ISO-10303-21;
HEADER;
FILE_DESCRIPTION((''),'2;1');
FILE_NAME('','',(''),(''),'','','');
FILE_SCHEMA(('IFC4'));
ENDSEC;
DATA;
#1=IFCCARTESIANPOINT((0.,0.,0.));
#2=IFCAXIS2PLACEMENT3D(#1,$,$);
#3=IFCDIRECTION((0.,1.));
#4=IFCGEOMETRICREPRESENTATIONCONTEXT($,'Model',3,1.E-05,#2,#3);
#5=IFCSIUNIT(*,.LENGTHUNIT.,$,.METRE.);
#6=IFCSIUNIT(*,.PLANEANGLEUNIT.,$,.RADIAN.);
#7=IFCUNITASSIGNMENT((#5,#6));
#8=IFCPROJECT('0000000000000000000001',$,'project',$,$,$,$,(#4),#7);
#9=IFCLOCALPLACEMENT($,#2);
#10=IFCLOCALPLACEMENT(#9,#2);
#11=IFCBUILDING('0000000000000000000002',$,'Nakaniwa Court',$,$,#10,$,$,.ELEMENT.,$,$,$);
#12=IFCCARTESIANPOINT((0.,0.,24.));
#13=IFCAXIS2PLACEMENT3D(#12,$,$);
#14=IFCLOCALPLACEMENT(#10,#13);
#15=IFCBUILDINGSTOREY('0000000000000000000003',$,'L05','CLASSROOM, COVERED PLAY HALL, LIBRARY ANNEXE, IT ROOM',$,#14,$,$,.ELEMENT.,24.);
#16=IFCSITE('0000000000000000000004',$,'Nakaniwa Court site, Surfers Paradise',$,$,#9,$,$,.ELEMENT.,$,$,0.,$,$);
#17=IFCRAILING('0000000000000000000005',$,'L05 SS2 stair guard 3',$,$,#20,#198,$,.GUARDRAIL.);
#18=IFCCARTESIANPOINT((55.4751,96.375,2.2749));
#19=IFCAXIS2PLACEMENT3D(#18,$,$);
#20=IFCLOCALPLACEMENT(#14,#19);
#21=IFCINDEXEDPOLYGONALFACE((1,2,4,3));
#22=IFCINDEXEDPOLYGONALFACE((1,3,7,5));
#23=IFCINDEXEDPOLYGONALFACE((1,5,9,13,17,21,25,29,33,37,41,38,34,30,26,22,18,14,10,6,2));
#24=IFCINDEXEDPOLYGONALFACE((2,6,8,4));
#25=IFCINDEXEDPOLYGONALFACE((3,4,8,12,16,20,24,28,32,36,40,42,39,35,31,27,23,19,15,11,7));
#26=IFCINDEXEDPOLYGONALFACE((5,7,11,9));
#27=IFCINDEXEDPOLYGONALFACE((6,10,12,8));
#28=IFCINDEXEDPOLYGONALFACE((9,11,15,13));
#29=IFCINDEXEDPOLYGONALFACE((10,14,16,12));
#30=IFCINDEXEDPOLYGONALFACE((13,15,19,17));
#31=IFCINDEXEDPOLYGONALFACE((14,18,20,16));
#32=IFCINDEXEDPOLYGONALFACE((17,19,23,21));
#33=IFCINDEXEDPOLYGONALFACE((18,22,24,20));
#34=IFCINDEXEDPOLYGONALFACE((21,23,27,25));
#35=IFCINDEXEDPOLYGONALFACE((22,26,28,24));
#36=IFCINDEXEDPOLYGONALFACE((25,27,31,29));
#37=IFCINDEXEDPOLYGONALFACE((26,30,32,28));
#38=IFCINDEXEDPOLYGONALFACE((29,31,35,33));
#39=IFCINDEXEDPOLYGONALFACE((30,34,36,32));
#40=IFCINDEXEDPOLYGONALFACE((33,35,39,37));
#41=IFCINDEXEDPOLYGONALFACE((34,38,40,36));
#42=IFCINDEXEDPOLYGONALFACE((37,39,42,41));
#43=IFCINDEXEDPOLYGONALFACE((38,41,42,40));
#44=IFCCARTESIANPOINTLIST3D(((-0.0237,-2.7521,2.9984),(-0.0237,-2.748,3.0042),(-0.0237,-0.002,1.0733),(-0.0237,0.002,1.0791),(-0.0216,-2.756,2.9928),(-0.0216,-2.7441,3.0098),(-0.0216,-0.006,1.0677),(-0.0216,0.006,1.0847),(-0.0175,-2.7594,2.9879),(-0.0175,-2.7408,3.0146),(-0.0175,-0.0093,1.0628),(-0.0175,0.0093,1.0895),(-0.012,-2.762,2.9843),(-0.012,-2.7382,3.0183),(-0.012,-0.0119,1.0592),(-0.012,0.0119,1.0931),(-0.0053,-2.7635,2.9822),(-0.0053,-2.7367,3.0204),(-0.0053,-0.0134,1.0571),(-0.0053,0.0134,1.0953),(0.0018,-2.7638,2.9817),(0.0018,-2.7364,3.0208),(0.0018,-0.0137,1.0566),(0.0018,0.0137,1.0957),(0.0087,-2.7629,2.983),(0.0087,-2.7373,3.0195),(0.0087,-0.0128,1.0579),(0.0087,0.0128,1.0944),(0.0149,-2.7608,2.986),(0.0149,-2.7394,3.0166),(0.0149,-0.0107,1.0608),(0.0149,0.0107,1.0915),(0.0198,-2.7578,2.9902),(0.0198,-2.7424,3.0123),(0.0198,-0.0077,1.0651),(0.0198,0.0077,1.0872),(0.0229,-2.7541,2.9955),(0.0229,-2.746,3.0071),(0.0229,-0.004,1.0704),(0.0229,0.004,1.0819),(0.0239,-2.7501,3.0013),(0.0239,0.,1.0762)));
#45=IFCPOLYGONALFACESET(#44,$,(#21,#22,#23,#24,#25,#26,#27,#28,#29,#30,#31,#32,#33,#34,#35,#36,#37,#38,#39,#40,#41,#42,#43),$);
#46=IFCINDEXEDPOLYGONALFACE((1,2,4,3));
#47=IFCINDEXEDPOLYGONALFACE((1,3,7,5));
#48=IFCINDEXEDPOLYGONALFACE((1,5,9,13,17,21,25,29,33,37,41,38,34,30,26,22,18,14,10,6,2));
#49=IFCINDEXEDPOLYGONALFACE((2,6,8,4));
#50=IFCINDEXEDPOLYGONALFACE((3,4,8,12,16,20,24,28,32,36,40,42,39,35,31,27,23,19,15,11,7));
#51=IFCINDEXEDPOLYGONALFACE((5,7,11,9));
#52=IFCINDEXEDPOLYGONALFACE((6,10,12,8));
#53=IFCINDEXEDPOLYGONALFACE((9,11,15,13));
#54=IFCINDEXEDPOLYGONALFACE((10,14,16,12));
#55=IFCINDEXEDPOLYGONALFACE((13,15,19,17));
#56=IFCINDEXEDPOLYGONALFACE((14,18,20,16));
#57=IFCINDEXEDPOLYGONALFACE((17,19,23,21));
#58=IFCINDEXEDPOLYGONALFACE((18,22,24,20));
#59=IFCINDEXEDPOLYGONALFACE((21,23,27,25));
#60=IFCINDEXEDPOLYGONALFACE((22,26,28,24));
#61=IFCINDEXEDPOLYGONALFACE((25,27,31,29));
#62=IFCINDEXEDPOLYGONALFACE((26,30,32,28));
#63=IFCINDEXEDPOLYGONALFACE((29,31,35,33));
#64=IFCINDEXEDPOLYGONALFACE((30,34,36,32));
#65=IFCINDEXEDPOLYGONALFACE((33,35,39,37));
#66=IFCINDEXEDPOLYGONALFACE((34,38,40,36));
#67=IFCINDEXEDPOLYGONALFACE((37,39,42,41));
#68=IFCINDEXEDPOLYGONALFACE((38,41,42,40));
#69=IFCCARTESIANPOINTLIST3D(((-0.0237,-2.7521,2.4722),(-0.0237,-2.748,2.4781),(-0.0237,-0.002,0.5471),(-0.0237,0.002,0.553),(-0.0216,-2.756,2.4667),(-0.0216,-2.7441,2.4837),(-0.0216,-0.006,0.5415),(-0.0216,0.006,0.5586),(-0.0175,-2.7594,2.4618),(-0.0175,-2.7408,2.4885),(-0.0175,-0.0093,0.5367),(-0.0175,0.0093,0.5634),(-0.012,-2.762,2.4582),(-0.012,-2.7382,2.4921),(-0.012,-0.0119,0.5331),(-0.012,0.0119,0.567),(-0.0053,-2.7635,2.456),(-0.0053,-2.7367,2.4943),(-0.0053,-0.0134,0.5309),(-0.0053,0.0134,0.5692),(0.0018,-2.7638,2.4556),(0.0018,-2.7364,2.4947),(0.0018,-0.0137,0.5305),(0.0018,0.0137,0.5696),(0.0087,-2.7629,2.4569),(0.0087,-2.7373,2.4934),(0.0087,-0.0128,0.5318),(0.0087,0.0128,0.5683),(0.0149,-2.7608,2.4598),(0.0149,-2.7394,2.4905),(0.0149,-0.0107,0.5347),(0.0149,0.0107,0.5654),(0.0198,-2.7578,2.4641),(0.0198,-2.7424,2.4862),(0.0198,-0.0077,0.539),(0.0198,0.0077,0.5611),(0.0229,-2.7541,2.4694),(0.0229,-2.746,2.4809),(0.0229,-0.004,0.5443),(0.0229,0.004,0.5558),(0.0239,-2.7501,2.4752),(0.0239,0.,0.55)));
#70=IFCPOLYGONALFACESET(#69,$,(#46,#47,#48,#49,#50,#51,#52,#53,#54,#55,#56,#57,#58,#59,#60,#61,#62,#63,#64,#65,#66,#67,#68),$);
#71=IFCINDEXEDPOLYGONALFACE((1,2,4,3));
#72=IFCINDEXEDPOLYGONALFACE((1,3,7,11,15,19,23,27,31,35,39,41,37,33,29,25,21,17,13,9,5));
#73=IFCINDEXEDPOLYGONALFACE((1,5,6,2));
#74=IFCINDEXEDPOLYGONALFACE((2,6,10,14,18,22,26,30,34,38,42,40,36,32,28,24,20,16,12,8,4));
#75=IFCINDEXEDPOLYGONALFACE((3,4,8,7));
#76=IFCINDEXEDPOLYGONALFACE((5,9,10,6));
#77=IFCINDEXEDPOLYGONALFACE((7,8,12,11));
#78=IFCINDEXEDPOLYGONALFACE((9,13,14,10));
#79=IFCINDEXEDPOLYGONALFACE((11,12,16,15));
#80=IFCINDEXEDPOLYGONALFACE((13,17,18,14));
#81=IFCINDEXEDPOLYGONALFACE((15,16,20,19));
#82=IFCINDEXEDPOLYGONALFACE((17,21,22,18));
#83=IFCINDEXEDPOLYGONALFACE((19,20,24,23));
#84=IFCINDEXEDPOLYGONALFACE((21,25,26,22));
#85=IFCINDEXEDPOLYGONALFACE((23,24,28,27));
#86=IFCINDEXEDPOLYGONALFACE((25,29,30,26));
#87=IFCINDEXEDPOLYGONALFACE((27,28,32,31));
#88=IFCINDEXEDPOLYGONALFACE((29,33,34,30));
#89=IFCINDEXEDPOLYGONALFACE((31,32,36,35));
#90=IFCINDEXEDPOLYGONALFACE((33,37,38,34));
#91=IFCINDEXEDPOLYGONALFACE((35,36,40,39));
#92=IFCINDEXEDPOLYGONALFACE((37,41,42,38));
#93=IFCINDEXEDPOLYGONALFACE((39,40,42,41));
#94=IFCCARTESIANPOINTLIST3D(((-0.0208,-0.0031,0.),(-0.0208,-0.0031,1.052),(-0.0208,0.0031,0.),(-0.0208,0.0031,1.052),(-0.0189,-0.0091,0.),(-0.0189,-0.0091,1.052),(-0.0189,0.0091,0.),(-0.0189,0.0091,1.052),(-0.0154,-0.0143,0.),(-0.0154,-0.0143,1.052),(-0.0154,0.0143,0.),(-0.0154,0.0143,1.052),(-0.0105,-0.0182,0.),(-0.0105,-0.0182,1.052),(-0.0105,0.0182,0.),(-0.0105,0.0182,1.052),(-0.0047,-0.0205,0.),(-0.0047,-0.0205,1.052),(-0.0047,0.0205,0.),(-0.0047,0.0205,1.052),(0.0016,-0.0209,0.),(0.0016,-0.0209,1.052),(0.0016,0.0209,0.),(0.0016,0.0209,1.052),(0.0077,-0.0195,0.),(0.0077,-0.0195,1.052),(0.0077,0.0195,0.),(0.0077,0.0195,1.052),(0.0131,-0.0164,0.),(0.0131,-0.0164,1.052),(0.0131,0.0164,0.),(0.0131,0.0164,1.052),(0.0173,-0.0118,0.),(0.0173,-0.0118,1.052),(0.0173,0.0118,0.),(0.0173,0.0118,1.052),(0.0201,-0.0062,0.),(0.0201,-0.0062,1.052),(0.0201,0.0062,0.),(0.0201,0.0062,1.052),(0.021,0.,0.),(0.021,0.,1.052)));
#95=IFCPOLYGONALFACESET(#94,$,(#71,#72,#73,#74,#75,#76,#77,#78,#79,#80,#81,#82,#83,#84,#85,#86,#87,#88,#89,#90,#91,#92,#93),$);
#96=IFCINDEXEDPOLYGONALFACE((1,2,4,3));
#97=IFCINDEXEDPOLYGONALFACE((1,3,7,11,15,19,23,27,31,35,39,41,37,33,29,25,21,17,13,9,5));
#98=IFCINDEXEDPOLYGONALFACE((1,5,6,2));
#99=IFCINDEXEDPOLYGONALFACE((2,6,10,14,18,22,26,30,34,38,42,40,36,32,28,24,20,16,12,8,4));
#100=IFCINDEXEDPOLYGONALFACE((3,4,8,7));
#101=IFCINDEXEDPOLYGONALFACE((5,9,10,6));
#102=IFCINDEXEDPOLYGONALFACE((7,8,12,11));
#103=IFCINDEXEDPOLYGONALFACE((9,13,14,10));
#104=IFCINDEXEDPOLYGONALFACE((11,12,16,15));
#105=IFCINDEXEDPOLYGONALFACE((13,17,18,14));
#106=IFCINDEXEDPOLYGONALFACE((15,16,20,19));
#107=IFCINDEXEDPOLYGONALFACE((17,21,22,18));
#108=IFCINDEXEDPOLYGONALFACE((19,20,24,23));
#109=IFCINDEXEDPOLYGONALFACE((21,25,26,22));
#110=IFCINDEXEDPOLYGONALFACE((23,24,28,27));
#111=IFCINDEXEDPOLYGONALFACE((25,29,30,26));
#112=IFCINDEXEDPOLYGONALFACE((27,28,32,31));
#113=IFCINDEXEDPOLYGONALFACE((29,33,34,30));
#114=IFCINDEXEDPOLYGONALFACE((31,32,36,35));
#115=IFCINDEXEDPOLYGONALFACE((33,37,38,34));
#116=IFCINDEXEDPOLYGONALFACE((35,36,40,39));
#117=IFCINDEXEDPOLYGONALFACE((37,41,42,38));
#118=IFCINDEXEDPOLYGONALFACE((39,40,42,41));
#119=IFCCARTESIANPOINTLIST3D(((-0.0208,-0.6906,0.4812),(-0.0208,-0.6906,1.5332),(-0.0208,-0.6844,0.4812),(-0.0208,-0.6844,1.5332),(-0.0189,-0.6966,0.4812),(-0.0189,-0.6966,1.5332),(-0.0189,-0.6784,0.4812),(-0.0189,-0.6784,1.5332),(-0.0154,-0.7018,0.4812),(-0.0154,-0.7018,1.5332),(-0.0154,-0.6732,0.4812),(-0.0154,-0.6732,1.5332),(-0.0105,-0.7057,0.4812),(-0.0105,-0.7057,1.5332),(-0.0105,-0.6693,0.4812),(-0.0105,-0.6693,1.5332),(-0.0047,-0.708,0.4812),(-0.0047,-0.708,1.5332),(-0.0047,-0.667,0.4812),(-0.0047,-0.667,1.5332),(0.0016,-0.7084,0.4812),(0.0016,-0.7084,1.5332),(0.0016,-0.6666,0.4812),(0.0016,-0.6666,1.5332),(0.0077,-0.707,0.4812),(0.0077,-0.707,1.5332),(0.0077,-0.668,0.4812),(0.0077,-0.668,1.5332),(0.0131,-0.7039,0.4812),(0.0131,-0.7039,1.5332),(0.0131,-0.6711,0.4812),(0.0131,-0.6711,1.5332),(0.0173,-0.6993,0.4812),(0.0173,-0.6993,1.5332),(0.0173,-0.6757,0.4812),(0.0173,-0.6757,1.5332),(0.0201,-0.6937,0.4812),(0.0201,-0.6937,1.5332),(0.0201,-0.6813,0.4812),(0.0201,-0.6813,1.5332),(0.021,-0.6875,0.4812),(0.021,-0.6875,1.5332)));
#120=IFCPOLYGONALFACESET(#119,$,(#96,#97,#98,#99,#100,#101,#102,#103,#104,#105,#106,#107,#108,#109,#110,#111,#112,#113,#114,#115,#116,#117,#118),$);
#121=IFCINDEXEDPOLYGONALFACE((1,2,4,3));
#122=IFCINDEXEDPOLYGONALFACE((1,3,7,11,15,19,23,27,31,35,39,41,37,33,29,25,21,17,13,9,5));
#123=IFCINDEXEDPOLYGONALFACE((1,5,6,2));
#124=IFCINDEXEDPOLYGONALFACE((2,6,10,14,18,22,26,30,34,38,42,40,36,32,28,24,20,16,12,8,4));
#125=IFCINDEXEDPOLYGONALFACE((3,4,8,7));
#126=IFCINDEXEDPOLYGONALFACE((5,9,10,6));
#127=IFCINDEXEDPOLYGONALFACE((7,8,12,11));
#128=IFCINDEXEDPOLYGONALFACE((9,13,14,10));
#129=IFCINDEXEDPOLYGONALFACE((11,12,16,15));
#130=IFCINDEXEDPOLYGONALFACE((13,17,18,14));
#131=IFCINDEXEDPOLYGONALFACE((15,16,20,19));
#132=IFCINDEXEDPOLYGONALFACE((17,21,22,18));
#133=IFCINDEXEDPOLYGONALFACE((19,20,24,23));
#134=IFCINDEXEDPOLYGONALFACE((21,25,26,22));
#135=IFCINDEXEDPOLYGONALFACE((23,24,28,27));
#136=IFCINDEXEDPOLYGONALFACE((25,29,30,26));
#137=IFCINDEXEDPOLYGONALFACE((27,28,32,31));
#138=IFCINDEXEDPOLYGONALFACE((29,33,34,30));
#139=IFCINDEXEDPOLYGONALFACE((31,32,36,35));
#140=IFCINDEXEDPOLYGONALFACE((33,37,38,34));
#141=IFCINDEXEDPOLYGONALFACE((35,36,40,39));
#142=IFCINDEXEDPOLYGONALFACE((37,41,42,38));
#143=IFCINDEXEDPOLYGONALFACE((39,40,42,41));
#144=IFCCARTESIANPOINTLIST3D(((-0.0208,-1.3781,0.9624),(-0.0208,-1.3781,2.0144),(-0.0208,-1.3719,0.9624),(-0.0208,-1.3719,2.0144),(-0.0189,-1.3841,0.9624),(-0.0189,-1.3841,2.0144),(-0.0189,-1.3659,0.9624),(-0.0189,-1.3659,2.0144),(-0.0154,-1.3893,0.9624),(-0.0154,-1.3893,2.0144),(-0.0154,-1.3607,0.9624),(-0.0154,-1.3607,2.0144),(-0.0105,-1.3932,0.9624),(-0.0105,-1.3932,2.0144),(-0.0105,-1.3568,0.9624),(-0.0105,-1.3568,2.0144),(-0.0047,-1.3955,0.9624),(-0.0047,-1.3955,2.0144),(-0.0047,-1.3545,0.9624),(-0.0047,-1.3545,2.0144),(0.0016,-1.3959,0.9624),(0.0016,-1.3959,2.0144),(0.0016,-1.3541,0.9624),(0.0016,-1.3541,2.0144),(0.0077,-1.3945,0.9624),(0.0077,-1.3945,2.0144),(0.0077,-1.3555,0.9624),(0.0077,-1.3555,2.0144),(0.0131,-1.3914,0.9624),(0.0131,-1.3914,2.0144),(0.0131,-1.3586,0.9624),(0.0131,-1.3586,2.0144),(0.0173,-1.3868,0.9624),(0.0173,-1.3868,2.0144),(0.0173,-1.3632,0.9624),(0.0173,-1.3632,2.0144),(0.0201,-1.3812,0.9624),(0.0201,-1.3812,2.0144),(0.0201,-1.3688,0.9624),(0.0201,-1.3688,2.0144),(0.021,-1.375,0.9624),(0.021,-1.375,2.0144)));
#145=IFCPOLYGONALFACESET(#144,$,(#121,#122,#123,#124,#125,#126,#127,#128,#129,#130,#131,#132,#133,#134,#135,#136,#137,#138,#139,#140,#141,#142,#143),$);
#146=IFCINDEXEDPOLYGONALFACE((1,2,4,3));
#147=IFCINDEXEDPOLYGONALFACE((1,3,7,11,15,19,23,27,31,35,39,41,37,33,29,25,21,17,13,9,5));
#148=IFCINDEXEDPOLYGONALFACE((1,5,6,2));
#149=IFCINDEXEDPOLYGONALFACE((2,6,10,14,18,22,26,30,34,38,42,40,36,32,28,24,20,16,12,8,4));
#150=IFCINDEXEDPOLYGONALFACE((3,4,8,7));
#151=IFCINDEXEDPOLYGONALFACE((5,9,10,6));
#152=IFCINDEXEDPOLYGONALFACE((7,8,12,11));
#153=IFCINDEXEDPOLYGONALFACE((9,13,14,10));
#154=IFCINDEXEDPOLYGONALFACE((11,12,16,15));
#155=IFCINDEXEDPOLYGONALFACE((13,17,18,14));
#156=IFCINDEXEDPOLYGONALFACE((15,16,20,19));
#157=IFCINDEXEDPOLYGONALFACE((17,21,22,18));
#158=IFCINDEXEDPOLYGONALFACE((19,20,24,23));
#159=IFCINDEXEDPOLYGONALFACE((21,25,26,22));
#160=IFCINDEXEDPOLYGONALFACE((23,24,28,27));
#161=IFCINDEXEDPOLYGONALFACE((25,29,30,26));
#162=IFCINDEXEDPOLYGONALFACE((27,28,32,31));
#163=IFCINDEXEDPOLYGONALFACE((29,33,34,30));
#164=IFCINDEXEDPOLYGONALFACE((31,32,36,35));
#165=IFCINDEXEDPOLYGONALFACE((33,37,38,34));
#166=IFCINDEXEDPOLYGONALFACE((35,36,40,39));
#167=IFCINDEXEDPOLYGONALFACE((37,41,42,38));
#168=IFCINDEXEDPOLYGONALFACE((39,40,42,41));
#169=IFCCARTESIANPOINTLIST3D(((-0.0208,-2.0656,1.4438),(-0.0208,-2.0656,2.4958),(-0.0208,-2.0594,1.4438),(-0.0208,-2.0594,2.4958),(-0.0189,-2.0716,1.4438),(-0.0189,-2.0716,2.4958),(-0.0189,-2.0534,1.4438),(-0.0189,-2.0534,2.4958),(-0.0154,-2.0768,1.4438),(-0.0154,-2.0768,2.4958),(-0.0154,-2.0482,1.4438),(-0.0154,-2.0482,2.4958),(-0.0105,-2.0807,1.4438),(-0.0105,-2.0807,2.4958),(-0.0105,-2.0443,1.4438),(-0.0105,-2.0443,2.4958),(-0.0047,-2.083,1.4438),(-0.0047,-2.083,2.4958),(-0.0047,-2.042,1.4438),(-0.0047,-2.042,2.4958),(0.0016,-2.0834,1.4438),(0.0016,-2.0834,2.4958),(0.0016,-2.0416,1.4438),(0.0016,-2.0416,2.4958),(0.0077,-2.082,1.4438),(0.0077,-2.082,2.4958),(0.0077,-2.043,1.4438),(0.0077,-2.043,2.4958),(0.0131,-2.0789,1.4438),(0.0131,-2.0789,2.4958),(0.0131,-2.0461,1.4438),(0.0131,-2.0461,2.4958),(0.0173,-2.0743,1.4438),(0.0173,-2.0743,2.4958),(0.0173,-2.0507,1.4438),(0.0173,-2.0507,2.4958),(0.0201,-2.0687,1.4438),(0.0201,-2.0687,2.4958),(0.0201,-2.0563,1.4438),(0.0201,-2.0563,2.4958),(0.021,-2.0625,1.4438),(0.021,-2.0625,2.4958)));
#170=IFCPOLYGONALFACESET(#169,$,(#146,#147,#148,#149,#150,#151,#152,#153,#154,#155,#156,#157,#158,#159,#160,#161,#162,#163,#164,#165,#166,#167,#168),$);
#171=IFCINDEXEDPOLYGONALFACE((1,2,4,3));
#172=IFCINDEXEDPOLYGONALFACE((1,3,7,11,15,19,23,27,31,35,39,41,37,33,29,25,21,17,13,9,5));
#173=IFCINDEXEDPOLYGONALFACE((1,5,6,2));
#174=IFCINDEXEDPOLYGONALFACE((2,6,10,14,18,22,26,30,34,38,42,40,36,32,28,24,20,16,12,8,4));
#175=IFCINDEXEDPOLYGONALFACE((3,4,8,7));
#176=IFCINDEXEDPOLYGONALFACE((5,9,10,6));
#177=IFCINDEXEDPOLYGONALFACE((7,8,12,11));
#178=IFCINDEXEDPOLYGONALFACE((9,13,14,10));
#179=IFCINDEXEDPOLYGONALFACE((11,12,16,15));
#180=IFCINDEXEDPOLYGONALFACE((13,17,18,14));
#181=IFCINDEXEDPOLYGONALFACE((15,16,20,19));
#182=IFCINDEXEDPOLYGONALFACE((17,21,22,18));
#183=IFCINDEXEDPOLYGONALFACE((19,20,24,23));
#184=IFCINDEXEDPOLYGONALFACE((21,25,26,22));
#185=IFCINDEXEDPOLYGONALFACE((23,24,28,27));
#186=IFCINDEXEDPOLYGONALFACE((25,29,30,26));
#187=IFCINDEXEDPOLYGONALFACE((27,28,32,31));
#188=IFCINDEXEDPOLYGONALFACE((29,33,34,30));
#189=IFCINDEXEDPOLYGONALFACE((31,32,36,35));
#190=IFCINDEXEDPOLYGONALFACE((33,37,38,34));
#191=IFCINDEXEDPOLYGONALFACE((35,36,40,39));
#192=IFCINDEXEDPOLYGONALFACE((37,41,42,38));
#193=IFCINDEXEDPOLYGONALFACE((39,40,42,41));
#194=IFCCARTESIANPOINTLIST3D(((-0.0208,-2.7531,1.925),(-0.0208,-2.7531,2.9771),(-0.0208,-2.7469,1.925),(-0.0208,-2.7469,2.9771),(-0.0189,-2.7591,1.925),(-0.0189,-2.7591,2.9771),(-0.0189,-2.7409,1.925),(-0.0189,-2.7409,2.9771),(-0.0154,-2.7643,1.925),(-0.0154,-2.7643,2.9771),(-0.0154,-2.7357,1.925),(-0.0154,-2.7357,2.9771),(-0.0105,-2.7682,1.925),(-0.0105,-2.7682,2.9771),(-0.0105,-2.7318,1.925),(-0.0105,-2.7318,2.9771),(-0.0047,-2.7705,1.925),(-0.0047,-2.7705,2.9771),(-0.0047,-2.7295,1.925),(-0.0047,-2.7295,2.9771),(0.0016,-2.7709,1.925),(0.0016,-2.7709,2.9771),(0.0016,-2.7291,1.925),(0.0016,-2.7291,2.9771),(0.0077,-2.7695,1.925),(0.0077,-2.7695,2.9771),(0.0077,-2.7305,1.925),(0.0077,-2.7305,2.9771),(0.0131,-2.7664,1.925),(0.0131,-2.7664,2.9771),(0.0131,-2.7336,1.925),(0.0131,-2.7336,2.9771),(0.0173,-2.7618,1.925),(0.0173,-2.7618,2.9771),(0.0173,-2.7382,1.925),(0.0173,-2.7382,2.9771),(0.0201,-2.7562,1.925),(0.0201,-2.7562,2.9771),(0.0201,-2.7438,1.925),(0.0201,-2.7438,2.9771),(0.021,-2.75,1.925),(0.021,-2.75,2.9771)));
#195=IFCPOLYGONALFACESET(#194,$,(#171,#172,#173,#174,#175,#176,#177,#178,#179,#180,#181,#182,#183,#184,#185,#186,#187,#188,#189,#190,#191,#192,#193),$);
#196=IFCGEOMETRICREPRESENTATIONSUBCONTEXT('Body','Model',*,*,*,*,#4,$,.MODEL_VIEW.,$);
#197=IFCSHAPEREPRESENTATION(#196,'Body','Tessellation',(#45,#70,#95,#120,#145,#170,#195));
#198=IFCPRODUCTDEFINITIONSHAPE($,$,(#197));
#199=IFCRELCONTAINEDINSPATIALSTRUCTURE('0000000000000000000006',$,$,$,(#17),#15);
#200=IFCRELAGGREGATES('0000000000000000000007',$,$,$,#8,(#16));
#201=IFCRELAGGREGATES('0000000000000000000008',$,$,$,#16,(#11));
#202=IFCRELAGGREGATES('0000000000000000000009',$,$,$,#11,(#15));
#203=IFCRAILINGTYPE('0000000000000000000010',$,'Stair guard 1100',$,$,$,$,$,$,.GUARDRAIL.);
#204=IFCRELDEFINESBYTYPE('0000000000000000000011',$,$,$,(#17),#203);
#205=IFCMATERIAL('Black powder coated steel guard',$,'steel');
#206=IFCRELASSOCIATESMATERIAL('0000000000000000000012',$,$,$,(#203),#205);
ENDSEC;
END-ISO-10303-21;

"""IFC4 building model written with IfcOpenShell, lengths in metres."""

from ifc_helpers import new_model, si_unit, direction, frame, origin, origin_2d, place, context, subcontext, project, spatial, circle, extrude, material, type_object, element, save


model = new_model("IFC4")

# Units and contexts
model_context = context("Model", 3, precision=1e-05, world=origin(), true_north=direction((0.0, 1.0)))
body_context = subcontext(model_context, "Body", "Model", "MODEL_VIEW")
ifc_project = project(units=[si_unit("LENGTHUNIT", "METRE"), si_unit("PLANEANGLEUNIT", "RADIAN")], contexts=[model_context])

# Site, building, storey
site_placement = place(None, origin())
site = spatial("IfcSite", under=ifc_project, at=site_placement, Name="Nakaniwa Court site, Surfers Paradise", CompositionType="ELEMENT", RefElevation=0.0)
building_placement = place(site_placement, origin())
building = spatial("IfcBuilding", under=site, at=building_placement, Name="Nakaniwa Court", CompositionType="ELEMENT")
storey_placement = place(building_placement, frame((0.0, 0.0, 24.0)))
storey = spatial("IfcBuildingStorey", under=building, at=storey_placement, Name="L05", Description="CLASSROOM, COVERED PLAY HALL, LIBRARY ANNEXE, IT ROOM", CompositionType="ELEMENT", Elevation=24.0)

# Railing
ifc_material_1 = material(Name="Black powder coated steel guard", Category="steel")
railing_type_1 = type_object("IfcRailingType", Name="Stair guard 1100", PredefinedType="GUARDRAIL", material=ifc_material_1)
railing_1_placement = place(storey_placement, frame((55.4751, 96.375, 2.2749)))
element("IfcRailing", 1, at=railing_1_placement, inside=storey, type_object=railing_type_1, Name="L05 SS2 stair guard 3", PredefinedType="GUARDRAIL", context=body_context, shape_type="SweptSolid", body=[
    extrude(circle(Radius=0.0239, at=origin_2d()), frame((0.0, 0.0, 1.0762), z_axis=(0.0, -0.819225, 0.573472), x_axis=(1.0, 0.0, 0.0)), (0.0, 0.0, 1.0), 3.3569),
    extrude(circle(Radius=0.0239, at=origin_2d()), frame((0.0, 0.0, 0.55), z_axis=(0.0, -0.819225, 0.573472), x_axis=(1.0, 0.0, 0.0)), (0.0, 0.0, 1.0), 3.3569),
    extrude(circle(Radius=0.021, at=origin_2d()), origin(), (0.0, 0.0, 1.0), 1.052),
    extrude(circle(Radius=0.021, at=origin_2d()), frame((0.0, -0.6875, 0.4812)), (0.0, 0.0, 1.0), 1.052),
    extrude(circle(Radius=0.021, at=origin_2d()), frame((0.0, -1.375, 0.9624)), (0.0, 0.0, 1.0), 1.052),
    extrude(circle(Radius=0.021, at=origin_2d()), frame((0.0, -2.0625, 1.4438)), (0.0, 0.0, 1.0), 1.052),
    extrude(circle(Radius=0.021, at=origin_2d()), frame((0.0, -2.75, 1.925)), (0.0, 0.0, 1.0), 1.052),
])

save(model, "model.ifc")
